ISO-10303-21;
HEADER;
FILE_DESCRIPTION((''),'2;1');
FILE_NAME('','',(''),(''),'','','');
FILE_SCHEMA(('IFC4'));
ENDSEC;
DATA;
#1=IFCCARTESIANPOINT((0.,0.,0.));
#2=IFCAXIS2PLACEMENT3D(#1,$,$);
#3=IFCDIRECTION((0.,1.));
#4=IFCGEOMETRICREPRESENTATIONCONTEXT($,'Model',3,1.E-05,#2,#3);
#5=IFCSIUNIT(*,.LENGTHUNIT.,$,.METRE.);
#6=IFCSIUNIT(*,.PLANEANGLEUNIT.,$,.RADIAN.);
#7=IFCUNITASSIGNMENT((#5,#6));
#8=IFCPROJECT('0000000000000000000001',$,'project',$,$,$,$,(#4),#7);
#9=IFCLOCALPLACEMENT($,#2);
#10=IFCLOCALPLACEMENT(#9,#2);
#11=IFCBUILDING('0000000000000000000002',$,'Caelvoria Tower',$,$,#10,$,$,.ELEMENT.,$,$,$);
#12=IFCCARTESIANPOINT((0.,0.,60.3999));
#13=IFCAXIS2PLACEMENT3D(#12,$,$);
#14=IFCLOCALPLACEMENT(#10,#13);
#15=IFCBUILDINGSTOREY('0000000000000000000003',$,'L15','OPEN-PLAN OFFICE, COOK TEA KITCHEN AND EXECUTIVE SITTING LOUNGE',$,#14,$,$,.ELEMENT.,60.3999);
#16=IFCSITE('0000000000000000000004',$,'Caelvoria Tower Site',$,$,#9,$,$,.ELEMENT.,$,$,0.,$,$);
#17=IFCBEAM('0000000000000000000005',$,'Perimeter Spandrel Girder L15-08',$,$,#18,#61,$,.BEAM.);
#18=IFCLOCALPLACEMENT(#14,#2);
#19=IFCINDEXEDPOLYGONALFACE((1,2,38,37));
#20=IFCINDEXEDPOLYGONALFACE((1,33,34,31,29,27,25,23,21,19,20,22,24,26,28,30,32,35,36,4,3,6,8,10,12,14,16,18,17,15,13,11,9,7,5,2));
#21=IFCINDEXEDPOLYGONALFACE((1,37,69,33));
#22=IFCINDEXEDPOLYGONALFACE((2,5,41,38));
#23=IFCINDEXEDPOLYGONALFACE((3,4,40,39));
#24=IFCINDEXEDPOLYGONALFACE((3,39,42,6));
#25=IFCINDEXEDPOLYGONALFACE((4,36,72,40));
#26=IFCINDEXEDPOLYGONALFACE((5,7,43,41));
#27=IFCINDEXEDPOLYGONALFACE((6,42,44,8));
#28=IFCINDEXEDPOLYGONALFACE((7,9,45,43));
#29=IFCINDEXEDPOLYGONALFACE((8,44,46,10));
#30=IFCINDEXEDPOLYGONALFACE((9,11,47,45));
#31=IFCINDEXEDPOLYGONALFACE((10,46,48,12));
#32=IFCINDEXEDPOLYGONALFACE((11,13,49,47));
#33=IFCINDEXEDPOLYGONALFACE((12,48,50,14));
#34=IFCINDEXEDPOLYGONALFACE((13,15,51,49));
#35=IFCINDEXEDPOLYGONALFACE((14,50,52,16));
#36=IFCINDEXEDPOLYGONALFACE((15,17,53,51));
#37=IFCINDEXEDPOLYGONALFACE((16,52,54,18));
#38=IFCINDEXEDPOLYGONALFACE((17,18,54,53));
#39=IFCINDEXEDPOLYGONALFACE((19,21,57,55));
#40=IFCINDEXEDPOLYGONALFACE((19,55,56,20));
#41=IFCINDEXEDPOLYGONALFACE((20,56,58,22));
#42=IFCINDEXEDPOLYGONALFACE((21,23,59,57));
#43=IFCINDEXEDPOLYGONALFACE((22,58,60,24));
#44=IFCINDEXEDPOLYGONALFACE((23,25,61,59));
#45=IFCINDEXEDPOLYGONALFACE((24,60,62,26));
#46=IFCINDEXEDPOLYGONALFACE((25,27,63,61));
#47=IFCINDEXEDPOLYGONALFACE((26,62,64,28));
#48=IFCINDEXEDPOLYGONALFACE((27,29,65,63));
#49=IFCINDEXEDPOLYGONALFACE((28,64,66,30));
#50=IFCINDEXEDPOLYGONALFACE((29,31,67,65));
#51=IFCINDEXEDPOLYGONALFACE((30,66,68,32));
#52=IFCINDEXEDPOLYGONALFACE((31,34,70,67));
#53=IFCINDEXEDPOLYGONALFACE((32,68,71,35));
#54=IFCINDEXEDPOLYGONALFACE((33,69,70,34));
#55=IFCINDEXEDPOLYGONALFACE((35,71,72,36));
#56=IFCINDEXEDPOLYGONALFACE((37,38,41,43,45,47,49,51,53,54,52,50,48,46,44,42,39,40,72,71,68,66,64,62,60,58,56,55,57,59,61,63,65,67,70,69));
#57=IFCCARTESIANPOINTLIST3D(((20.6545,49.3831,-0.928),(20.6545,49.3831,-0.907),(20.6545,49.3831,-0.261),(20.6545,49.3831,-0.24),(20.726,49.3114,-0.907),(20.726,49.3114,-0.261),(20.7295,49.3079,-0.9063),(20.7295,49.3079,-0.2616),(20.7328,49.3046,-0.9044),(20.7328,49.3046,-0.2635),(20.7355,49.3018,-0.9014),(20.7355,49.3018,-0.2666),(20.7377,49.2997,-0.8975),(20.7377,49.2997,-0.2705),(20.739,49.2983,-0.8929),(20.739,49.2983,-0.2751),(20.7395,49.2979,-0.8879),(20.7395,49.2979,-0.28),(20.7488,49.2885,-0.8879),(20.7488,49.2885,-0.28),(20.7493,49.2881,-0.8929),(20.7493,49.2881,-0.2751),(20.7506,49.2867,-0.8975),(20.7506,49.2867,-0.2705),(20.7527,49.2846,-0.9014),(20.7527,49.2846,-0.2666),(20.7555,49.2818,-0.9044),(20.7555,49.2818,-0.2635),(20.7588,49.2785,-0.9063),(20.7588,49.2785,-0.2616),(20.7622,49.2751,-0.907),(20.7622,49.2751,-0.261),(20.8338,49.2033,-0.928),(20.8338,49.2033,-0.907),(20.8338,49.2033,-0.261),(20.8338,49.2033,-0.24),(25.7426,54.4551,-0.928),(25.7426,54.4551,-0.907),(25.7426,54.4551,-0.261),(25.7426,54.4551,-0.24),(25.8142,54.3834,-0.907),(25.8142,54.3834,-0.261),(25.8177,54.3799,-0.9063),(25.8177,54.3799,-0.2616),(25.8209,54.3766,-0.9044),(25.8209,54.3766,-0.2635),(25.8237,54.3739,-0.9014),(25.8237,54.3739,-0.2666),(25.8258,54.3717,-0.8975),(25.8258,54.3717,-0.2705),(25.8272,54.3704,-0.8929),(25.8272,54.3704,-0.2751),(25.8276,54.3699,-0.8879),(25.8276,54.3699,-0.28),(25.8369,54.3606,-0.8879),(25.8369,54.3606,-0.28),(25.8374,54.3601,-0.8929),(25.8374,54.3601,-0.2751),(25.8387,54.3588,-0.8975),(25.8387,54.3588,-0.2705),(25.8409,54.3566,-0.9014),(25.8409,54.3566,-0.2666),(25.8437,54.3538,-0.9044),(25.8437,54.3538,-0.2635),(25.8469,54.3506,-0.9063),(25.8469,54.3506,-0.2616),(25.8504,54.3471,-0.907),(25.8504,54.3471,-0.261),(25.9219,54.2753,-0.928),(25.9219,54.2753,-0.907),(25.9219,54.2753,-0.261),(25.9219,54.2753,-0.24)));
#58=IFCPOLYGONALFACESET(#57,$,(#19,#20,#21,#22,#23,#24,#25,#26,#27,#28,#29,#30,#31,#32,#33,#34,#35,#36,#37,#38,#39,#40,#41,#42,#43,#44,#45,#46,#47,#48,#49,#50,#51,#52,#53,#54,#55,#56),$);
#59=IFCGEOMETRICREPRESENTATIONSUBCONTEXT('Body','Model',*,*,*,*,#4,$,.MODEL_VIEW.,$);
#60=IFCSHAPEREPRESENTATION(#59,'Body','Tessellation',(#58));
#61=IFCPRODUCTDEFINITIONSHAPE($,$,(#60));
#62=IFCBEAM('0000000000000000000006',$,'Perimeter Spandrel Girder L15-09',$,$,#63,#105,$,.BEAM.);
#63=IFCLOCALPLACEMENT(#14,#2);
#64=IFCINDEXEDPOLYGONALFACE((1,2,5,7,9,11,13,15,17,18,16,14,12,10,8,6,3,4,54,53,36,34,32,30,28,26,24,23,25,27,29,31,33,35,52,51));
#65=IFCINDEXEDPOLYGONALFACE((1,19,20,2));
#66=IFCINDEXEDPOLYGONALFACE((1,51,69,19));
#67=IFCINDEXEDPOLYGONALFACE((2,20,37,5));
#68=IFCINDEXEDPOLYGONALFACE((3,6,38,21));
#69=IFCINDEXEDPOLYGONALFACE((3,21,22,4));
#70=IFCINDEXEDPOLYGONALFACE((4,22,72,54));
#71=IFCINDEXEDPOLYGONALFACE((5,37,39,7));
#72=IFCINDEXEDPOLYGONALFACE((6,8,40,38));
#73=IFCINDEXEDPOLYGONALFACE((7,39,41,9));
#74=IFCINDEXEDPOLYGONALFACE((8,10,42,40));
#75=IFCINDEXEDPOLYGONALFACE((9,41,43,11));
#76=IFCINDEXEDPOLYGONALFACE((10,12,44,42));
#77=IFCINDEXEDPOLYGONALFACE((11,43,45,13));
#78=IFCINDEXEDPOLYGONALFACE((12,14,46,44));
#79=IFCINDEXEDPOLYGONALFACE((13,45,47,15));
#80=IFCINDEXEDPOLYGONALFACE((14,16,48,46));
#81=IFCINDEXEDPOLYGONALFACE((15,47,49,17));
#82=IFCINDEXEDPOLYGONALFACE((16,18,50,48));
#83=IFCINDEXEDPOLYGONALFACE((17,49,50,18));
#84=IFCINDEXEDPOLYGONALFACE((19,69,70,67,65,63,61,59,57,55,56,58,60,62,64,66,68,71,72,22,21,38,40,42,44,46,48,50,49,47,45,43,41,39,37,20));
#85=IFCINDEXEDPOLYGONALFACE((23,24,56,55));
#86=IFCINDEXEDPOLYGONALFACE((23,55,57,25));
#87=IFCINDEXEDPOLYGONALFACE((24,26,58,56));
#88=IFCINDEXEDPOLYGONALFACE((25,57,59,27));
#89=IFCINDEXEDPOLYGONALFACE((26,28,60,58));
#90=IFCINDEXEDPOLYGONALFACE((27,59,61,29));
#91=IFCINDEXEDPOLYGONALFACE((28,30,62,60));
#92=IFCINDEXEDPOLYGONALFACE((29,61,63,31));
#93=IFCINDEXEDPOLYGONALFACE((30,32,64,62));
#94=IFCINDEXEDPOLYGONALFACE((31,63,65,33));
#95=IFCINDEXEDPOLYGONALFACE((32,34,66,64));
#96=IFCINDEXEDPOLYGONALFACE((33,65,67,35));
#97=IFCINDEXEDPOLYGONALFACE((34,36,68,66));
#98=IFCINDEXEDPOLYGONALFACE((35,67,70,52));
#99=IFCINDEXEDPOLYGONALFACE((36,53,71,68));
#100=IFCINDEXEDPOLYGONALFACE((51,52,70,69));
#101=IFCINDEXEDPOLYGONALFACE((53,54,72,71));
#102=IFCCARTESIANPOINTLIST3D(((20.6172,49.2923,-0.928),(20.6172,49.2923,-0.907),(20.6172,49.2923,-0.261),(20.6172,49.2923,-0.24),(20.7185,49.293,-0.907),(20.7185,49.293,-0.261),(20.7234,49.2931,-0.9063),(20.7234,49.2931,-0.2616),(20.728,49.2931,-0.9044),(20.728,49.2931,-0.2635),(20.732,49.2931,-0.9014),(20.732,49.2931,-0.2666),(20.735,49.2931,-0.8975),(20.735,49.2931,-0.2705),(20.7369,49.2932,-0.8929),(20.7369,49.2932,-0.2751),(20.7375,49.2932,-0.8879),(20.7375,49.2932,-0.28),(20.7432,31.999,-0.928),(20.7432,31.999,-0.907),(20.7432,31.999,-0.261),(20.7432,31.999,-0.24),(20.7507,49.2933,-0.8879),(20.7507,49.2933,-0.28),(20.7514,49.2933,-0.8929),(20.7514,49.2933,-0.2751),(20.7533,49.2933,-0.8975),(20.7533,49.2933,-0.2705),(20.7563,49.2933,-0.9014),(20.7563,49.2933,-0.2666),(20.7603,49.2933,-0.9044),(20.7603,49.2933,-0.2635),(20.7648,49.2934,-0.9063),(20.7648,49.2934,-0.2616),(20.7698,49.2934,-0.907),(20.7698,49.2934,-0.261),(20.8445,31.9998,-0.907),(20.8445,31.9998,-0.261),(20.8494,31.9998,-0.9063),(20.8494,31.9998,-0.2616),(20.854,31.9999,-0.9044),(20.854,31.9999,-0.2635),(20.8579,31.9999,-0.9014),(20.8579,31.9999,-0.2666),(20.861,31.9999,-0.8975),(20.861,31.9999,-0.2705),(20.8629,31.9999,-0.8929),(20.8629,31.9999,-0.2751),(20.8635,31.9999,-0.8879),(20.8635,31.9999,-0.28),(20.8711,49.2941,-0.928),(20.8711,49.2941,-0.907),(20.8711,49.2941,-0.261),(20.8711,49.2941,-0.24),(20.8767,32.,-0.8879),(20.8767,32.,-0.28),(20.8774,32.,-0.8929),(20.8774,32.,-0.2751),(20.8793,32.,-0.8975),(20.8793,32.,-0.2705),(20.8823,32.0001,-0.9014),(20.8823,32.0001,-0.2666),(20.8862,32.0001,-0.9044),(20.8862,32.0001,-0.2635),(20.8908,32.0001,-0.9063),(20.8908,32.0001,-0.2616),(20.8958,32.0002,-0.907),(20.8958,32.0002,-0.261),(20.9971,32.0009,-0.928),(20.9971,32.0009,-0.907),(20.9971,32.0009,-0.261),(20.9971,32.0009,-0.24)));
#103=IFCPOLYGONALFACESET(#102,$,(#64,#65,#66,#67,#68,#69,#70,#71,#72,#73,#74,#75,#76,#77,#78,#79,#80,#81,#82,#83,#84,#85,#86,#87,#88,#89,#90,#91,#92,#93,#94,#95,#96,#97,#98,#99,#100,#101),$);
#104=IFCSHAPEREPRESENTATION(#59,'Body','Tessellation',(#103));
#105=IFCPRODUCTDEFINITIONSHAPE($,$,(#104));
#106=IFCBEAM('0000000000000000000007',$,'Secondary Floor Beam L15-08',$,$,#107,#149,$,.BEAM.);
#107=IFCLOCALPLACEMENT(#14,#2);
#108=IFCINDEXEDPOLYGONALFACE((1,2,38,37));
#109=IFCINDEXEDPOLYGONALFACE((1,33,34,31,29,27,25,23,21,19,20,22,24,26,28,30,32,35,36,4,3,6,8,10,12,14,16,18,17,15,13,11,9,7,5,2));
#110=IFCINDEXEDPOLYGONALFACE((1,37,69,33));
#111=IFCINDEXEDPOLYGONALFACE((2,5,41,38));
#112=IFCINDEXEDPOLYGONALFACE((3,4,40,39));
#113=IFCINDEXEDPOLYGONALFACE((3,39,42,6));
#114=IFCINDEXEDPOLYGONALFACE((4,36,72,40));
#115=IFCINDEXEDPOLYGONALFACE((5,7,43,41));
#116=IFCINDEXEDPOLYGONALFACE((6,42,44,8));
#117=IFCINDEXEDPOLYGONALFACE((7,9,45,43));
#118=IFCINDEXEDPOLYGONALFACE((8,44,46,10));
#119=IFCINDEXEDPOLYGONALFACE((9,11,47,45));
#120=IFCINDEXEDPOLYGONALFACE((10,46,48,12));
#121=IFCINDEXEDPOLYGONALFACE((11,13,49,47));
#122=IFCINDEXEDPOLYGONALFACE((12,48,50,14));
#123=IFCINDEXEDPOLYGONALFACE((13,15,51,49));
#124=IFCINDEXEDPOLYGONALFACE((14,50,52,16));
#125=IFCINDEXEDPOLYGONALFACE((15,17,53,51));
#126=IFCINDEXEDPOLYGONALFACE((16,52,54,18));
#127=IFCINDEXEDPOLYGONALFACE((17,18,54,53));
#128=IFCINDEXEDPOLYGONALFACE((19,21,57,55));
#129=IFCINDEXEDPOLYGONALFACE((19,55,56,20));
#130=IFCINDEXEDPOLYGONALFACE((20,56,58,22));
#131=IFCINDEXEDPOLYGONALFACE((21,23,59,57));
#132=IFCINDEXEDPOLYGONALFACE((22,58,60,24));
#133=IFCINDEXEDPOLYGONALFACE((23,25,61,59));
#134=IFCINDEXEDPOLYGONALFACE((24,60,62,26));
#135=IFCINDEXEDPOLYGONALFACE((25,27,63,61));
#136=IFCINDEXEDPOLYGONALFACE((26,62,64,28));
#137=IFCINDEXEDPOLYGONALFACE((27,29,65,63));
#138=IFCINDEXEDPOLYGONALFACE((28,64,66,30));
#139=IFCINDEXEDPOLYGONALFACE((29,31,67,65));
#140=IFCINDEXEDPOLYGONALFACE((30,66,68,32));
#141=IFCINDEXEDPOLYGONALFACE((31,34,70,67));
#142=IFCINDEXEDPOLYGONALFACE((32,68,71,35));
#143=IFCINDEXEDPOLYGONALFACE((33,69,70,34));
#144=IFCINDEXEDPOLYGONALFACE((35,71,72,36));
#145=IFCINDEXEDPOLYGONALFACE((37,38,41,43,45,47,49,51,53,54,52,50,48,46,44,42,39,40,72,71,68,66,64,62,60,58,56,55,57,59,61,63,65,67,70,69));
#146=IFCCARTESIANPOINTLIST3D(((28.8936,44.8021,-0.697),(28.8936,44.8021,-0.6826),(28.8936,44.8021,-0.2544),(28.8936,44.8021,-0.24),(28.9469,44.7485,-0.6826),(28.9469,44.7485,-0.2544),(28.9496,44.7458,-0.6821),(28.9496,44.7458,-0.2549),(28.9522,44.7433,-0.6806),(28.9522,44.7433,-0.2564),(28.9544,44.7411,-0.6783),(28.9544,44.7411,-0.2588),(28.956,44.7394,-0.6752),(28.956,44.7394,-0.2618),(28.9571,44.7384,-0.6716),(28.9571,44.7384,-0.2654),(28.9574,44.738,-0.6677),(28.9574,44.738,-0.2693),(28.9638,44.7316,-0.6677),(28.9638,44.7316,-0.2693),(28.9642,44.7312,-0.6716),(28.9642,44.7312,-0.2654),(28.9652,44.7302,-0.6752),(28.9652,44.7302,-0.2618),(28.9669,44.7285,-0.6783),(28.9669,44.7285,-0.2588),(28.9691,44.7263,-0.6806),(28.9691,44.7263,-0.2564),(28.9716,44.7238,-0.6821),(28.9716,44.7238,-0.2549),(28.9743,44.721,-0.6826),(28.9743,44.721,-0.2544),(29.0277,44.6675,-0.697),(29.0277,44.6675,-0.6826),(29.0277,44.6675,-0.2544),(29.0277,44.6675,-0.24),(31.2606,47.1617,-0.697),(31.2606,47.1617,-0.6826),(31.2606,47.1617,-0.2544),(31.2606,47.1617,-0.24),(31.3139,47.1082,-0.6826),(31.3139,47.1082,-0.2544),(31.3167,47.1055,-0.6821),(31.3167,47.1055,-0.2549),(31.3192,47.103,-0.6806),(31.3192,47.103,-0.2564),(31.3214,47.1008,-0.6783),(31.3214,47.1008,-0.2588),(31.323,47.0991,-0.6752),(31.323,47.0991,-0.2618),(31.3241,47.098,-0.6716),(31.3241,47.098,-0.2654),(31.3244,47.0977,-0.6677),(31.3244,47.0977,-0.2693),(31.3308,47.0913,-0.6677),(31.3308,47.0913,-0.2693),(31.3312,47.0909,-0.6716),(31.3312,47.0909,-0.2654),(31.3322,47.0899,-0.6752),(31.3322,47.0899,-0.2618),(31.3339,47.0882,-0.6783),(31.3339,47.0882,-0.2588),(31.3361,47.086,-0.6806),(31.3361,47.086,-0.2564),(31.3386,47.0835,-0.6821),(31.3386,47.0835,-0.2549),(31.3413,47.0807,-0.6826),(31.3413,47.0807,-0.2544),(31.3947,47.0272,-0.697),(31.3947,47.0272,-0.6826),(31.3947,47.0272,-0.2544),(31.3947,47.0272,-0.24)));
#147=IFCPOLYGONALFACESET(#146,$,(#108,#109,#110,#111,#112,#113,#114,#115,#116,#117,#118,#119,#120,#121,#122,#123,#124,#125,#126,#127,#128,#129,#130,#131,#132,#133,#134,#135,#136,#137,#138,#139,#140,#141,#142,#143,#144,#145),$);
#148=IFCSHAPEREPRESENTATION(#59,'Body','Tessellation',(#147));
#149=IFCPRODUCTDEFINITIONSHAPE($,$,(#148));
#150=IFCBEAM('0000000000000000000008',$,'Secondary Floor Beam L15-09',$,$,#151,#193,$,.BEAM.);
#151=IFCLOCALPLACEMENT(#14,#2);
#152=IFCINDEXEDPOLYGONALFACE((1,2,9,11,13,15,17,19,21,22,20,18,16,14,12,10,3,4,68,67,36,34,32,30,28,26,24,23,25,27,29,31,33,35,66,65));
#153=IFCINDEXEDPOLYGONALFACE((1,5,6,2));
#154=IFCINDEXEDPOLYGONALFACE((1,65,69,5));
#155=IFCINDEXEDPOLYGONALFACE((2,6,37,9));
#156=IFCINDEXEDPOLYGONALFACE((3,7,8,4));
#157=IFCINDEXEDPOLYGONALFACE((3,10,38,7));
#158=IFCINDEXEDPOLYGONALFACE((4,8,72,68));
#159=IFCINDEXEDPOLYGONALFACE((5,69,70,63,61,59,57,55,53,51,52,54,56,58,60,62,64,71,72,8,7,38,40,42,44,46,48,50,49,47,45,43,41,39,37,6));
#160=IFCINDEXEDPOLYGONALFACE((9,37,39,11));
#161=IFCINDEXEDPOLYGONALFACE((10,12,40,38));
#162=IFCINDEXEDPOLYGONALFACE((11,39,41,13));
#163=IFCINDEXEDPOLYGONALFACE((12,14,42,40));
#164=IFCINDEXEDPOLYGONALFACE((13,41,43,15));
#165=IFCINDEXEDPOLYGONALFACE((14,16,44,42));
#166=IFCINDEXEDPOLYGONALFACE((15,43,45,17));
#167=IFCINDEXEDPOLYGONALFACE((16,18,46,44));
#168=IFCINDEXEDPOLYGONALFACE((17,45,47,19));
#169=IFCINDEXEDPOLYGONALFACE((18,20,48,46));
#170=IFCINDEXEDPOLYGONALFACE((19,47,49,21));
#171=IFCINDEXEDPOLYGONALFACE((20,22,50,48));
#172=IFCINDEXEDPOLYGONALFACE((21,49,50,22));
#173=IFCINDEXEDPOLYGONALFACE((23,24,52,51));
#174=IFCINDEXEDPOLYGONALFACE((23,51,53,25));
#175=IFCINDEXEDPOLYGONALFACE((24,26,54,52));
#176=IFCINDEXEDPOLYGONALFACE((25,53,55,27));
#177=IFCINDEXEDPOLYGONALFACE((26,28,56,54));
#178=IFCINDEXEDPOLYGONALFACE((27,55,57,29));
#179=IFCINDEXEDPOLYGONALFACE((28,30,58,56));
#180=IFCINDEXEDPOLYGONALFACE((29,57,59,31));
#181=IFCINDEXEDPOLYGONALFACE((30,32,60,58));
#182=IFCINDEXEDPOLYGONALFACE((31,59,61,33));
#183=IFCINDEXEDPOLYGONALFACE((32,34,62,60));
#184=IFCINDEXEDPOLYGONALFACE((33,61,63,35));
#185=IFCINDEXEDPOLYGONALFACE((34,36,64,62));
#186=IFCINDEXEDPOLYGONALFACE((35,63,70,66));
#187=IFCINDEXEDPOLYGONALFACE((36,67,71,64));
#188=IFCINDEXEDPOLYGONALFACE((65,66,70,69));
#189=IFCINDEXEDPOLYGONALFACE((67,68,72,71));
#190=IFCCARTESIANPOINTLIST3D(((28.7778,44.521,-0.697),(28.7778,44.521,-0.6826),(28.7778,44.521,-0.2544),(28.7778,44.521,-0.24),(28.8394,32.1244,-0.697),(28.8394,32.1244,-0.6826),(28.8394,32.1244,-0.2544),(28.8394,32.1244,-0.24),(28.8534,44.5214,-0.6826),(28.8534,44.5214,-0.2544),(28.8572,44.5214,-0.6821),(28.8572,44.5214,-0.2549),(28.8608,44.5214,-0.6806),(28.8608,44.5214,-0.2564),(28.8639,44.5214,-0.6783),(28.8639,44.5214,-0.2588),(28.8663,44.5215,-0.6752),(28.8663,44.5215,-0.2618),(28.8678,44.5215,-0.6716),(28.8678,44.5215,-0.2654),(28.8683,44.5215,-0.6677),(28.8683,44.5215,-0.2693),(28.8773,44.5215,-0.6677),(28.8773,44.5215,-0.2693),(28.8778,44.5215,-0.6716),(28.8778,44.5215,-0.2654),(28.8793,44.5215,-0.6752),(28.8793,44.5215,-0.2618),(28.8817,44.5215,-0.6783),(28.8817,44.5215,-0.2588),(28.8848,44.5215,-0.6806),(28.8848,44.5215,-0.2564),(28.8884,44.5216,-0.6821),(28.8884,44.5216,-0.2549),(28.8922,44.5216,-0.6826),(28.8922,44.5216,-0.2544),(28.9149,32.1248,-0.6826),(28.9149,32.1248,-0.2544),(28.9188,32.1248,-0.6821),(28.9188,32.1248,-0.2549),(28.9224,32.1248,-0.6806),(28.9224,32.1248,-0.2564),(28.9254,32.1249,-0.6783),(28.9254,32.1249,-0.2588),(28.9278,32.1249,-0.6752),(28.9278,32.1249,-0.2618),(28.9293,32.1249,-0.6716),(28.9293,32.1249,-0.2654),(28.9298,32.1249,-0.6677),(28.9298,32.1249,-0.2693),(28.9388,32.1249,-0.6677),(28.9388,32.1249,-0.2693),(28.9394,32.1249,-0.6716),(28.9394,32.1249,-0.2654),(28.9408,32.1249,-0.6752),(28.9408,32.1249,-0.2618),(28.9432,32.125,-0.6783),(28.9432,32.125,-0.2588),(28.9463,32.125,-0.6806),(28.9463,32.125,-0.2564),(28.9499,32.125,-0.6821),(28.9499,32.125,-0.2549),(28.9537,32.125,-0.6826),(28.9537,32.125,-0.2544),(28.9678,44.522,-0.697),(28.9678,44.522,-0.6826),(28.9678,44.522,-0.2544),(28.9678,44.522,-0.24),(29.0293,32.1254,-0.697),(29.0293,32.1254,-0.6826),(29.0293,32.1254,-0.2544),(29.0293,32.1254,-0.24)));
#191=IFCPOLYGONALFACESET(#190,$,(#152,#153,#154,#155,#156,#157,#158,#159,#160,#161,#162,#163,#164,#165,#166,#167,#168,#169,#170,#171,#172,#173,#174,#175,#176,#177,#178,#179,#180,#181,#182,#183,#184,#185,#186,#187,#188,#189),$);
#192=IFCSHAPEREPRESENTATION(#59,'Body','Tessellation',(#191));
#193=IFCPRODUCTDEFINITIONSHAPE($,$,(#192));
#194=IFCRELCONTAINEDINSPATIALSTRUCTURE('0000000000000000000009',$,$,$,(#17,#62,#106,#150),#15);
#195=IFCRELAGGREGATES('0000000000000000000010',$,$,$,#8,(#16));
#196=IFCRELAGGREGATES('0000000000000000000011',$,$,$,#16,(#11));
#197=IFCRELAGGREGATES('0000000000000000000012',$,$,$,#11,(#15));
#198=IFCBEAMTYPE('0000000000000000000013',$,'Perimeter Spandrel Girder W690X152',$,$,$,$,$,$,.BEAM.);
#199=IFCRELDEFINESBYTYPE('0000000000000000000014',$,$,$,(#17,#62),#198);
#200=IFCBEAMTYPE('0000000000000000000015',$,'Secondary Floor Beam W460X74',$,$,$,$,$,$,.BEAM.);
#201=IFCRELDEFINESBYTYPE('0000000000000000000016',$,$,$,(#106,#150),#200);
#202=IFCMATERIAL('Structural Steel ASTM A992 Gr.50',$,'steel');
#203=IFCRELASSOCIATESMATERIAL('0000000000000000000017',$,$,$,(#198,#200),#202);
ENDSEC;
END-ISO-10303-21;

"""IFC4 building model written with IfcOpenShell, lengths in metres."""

from ifc_helpers import new_model, si_unit, direction, frame, origin, origin_2d, place, context, subcontext, project, spatial, i_section, extrude, material, material_profile, profile_set, type_object, element, save


model = new_model("IFC4")

# Units and contexts
model_context = context("Model", 3, precision=1e-05, world=origin(), true_north=direction((0.0, 1.0)))
body_context = subcontext(model_context, "Body", "Model", "MODEL_VIEW")
ifc_project = project(units=[si_unit("LENGTHUNIT", "METRE"), si_unit("PLANEANGLEUNIT", "RADIAN")], contexts=[model_context])

# Site, building, storey
site_placement = place(None, origin())
site = spatial("IfcSite", under=ifc_project, at=site_placement, Name="Caelvoria Tower Site", CompositionType="ELEMENT", RefElevation=0.0)
building_placement = place(site_placement, origin())
building = spatial("IfcBuilding", under=site, at=building_placement, Name="Caelvoria Tower", CompositionType="ELEMENT")
storey_placement = place(building_placement, frame((0.0, 0.0, 60.3999)))
storey = spatial("IfcBuildingStorey", under=building, at=storey_placement, Name="L15", Description="OPEN-PLAN OFFICE, COOK TEA KITCHEN AND EXECUTIVE SITTING LOUNGE", CompositionType="ELEMENT", Elevation=60.3999)

# Beams
ifc_material_1 = material(Name="Structural Steel ASTM A992 Gr.50", Category="steel")
ifc_material_profile_1 = material_profile(ifc_material_1, i_section(OverallWidth=0.2539, OverallDepth=0.688, WebThickness=0.0132, FlangeThickness=0.021, FilletRadius=0.019, at=origin_2d()), Name="Structural Steel ASTM A992 Gr.50")
ifc_profile_set_1 = profile_set([ifc_material_profile_1], Name="W690X152 - Structural Steel ASTM A992 Gr.50")
beam_type_1 = type_object("IfcBeamType", Name="Perimeter Spandrel Girder W690X152", PredefinedType="BEAM", material=ifc_profile_set_1)
beam_1_placement = place(storey_placement, frame((25.8323, 54.3652, -0.584), z_axis=(-0.708227, -0.705984, 0.0), x_axis=(0.705984, -0.708227, 0.0)))
element("IfcBeam", 1, at=beam_1_placement, inside=storey, type_object=beam_type_1, Name="Perimeter Spandrel Girder L15-08", PredefinedType="BEAM", context=body_context, shape_type="SweptSolid", body=[
    extrude(i_section(OverallWidth=0.2539, OverallDepth=0.688, WebThickness=0.0132, FlangeThickness=0.021, FilletRadius=0.019, at=origin_2d()), origin(), (0.0, 0.0, 1.0), 7.1843),
])
beam_2_placement = place(storey_placement, frame((20.7441, 49.2932, -0.584), z_axis=(0.007285, -0.999973, 0.0), x_axis=(0.999973, 0.007285, 0.0)))
element("IfcBeam", 2, at=beam_2_placement, inside=storey, type_object=beam_type_1, Name="Perimeter Spandrel Girder L15-09", PredefinedType="BEAM", context=body_context, shape_type="SweptSolid", body=[
    extrude(i_section(OverallWidth=0.2539, OverallDepth=0.688, WebThickness=0.0132, FlangeThickness=0.021, FilletRadius=0.019, at=origin_2d()), origin(), (0.0, 0.0, 1.0), 17.2937),
])
ifc_material_profile_2 = material_profile(ifc_material_1, i_section(OverallWidth=0.1899, OverallDepth=0.457, WebThickness=0.009, FlangeThickness=0.0144, FilletRadius=0.0149, at=origin_2d()), Name="Structural Steel ASTM A992 Gr.50")
ifc_profile_set_2 = profile_set([ifc_material_profile_2], Name="W460X74 - Structural Steel ASTM A992 Gr.50")
beam_type_2 = type_object("IfcBeamType", Name="Secondary Floor Beam W460X74", PredefinedType="BEAM", material=ifc_profile_set_2)
beam_3_placement = place(storey_placement, frame((31.3276, 47.0945, -0.4685), z_axis=(-0.708202, -0.70601, 0.0), x_axis=(0.70601, -0.708202, 0.0)))
element("IfcBeam", 3, at=beam_3_placement, inside=storey, type_object=beam_type_2, Name="Secondary Floor Beam L15-08", PredefinedType="BEAM", context=body_context, shape_type="SweptSolid", body=[
    extrude(i_section(OverallWidth=0.1899, OverallDepth=0.457, WebThickness=0.009, FlangeThickness=0.0144, FilletRadius=0.0149, at=origin_2d()), origin(), (0.0, 0.0, 1.0), 3.3423),
])
beam_4_placement = place(storey_placement, frame((28.8728, 44.5215, -0.4685), z_axis=(0.004963, -0.999988, 0.0), x_axis=(0.999988, 0.004963, 0.0)))
element("IfcBeam", 4, at=beam_4_placement, inside=storey, type_object=beam_type_2, Name="Secondary Floor Beam L15-09", PredefinedType="BEAM", context=body_context, shape_type="SweptSolid", body=[
    extrude(i_section(OverallWidth=0.1899, OverallDepth=0.457, WebThickness=0.009, FlangeThickness=0.0144, FilletRadius=0.0149, at=origin_2d()), origin(), (0.0, 0.0, 1.0), 12.3967),
])

save(model, "model.ifc")
